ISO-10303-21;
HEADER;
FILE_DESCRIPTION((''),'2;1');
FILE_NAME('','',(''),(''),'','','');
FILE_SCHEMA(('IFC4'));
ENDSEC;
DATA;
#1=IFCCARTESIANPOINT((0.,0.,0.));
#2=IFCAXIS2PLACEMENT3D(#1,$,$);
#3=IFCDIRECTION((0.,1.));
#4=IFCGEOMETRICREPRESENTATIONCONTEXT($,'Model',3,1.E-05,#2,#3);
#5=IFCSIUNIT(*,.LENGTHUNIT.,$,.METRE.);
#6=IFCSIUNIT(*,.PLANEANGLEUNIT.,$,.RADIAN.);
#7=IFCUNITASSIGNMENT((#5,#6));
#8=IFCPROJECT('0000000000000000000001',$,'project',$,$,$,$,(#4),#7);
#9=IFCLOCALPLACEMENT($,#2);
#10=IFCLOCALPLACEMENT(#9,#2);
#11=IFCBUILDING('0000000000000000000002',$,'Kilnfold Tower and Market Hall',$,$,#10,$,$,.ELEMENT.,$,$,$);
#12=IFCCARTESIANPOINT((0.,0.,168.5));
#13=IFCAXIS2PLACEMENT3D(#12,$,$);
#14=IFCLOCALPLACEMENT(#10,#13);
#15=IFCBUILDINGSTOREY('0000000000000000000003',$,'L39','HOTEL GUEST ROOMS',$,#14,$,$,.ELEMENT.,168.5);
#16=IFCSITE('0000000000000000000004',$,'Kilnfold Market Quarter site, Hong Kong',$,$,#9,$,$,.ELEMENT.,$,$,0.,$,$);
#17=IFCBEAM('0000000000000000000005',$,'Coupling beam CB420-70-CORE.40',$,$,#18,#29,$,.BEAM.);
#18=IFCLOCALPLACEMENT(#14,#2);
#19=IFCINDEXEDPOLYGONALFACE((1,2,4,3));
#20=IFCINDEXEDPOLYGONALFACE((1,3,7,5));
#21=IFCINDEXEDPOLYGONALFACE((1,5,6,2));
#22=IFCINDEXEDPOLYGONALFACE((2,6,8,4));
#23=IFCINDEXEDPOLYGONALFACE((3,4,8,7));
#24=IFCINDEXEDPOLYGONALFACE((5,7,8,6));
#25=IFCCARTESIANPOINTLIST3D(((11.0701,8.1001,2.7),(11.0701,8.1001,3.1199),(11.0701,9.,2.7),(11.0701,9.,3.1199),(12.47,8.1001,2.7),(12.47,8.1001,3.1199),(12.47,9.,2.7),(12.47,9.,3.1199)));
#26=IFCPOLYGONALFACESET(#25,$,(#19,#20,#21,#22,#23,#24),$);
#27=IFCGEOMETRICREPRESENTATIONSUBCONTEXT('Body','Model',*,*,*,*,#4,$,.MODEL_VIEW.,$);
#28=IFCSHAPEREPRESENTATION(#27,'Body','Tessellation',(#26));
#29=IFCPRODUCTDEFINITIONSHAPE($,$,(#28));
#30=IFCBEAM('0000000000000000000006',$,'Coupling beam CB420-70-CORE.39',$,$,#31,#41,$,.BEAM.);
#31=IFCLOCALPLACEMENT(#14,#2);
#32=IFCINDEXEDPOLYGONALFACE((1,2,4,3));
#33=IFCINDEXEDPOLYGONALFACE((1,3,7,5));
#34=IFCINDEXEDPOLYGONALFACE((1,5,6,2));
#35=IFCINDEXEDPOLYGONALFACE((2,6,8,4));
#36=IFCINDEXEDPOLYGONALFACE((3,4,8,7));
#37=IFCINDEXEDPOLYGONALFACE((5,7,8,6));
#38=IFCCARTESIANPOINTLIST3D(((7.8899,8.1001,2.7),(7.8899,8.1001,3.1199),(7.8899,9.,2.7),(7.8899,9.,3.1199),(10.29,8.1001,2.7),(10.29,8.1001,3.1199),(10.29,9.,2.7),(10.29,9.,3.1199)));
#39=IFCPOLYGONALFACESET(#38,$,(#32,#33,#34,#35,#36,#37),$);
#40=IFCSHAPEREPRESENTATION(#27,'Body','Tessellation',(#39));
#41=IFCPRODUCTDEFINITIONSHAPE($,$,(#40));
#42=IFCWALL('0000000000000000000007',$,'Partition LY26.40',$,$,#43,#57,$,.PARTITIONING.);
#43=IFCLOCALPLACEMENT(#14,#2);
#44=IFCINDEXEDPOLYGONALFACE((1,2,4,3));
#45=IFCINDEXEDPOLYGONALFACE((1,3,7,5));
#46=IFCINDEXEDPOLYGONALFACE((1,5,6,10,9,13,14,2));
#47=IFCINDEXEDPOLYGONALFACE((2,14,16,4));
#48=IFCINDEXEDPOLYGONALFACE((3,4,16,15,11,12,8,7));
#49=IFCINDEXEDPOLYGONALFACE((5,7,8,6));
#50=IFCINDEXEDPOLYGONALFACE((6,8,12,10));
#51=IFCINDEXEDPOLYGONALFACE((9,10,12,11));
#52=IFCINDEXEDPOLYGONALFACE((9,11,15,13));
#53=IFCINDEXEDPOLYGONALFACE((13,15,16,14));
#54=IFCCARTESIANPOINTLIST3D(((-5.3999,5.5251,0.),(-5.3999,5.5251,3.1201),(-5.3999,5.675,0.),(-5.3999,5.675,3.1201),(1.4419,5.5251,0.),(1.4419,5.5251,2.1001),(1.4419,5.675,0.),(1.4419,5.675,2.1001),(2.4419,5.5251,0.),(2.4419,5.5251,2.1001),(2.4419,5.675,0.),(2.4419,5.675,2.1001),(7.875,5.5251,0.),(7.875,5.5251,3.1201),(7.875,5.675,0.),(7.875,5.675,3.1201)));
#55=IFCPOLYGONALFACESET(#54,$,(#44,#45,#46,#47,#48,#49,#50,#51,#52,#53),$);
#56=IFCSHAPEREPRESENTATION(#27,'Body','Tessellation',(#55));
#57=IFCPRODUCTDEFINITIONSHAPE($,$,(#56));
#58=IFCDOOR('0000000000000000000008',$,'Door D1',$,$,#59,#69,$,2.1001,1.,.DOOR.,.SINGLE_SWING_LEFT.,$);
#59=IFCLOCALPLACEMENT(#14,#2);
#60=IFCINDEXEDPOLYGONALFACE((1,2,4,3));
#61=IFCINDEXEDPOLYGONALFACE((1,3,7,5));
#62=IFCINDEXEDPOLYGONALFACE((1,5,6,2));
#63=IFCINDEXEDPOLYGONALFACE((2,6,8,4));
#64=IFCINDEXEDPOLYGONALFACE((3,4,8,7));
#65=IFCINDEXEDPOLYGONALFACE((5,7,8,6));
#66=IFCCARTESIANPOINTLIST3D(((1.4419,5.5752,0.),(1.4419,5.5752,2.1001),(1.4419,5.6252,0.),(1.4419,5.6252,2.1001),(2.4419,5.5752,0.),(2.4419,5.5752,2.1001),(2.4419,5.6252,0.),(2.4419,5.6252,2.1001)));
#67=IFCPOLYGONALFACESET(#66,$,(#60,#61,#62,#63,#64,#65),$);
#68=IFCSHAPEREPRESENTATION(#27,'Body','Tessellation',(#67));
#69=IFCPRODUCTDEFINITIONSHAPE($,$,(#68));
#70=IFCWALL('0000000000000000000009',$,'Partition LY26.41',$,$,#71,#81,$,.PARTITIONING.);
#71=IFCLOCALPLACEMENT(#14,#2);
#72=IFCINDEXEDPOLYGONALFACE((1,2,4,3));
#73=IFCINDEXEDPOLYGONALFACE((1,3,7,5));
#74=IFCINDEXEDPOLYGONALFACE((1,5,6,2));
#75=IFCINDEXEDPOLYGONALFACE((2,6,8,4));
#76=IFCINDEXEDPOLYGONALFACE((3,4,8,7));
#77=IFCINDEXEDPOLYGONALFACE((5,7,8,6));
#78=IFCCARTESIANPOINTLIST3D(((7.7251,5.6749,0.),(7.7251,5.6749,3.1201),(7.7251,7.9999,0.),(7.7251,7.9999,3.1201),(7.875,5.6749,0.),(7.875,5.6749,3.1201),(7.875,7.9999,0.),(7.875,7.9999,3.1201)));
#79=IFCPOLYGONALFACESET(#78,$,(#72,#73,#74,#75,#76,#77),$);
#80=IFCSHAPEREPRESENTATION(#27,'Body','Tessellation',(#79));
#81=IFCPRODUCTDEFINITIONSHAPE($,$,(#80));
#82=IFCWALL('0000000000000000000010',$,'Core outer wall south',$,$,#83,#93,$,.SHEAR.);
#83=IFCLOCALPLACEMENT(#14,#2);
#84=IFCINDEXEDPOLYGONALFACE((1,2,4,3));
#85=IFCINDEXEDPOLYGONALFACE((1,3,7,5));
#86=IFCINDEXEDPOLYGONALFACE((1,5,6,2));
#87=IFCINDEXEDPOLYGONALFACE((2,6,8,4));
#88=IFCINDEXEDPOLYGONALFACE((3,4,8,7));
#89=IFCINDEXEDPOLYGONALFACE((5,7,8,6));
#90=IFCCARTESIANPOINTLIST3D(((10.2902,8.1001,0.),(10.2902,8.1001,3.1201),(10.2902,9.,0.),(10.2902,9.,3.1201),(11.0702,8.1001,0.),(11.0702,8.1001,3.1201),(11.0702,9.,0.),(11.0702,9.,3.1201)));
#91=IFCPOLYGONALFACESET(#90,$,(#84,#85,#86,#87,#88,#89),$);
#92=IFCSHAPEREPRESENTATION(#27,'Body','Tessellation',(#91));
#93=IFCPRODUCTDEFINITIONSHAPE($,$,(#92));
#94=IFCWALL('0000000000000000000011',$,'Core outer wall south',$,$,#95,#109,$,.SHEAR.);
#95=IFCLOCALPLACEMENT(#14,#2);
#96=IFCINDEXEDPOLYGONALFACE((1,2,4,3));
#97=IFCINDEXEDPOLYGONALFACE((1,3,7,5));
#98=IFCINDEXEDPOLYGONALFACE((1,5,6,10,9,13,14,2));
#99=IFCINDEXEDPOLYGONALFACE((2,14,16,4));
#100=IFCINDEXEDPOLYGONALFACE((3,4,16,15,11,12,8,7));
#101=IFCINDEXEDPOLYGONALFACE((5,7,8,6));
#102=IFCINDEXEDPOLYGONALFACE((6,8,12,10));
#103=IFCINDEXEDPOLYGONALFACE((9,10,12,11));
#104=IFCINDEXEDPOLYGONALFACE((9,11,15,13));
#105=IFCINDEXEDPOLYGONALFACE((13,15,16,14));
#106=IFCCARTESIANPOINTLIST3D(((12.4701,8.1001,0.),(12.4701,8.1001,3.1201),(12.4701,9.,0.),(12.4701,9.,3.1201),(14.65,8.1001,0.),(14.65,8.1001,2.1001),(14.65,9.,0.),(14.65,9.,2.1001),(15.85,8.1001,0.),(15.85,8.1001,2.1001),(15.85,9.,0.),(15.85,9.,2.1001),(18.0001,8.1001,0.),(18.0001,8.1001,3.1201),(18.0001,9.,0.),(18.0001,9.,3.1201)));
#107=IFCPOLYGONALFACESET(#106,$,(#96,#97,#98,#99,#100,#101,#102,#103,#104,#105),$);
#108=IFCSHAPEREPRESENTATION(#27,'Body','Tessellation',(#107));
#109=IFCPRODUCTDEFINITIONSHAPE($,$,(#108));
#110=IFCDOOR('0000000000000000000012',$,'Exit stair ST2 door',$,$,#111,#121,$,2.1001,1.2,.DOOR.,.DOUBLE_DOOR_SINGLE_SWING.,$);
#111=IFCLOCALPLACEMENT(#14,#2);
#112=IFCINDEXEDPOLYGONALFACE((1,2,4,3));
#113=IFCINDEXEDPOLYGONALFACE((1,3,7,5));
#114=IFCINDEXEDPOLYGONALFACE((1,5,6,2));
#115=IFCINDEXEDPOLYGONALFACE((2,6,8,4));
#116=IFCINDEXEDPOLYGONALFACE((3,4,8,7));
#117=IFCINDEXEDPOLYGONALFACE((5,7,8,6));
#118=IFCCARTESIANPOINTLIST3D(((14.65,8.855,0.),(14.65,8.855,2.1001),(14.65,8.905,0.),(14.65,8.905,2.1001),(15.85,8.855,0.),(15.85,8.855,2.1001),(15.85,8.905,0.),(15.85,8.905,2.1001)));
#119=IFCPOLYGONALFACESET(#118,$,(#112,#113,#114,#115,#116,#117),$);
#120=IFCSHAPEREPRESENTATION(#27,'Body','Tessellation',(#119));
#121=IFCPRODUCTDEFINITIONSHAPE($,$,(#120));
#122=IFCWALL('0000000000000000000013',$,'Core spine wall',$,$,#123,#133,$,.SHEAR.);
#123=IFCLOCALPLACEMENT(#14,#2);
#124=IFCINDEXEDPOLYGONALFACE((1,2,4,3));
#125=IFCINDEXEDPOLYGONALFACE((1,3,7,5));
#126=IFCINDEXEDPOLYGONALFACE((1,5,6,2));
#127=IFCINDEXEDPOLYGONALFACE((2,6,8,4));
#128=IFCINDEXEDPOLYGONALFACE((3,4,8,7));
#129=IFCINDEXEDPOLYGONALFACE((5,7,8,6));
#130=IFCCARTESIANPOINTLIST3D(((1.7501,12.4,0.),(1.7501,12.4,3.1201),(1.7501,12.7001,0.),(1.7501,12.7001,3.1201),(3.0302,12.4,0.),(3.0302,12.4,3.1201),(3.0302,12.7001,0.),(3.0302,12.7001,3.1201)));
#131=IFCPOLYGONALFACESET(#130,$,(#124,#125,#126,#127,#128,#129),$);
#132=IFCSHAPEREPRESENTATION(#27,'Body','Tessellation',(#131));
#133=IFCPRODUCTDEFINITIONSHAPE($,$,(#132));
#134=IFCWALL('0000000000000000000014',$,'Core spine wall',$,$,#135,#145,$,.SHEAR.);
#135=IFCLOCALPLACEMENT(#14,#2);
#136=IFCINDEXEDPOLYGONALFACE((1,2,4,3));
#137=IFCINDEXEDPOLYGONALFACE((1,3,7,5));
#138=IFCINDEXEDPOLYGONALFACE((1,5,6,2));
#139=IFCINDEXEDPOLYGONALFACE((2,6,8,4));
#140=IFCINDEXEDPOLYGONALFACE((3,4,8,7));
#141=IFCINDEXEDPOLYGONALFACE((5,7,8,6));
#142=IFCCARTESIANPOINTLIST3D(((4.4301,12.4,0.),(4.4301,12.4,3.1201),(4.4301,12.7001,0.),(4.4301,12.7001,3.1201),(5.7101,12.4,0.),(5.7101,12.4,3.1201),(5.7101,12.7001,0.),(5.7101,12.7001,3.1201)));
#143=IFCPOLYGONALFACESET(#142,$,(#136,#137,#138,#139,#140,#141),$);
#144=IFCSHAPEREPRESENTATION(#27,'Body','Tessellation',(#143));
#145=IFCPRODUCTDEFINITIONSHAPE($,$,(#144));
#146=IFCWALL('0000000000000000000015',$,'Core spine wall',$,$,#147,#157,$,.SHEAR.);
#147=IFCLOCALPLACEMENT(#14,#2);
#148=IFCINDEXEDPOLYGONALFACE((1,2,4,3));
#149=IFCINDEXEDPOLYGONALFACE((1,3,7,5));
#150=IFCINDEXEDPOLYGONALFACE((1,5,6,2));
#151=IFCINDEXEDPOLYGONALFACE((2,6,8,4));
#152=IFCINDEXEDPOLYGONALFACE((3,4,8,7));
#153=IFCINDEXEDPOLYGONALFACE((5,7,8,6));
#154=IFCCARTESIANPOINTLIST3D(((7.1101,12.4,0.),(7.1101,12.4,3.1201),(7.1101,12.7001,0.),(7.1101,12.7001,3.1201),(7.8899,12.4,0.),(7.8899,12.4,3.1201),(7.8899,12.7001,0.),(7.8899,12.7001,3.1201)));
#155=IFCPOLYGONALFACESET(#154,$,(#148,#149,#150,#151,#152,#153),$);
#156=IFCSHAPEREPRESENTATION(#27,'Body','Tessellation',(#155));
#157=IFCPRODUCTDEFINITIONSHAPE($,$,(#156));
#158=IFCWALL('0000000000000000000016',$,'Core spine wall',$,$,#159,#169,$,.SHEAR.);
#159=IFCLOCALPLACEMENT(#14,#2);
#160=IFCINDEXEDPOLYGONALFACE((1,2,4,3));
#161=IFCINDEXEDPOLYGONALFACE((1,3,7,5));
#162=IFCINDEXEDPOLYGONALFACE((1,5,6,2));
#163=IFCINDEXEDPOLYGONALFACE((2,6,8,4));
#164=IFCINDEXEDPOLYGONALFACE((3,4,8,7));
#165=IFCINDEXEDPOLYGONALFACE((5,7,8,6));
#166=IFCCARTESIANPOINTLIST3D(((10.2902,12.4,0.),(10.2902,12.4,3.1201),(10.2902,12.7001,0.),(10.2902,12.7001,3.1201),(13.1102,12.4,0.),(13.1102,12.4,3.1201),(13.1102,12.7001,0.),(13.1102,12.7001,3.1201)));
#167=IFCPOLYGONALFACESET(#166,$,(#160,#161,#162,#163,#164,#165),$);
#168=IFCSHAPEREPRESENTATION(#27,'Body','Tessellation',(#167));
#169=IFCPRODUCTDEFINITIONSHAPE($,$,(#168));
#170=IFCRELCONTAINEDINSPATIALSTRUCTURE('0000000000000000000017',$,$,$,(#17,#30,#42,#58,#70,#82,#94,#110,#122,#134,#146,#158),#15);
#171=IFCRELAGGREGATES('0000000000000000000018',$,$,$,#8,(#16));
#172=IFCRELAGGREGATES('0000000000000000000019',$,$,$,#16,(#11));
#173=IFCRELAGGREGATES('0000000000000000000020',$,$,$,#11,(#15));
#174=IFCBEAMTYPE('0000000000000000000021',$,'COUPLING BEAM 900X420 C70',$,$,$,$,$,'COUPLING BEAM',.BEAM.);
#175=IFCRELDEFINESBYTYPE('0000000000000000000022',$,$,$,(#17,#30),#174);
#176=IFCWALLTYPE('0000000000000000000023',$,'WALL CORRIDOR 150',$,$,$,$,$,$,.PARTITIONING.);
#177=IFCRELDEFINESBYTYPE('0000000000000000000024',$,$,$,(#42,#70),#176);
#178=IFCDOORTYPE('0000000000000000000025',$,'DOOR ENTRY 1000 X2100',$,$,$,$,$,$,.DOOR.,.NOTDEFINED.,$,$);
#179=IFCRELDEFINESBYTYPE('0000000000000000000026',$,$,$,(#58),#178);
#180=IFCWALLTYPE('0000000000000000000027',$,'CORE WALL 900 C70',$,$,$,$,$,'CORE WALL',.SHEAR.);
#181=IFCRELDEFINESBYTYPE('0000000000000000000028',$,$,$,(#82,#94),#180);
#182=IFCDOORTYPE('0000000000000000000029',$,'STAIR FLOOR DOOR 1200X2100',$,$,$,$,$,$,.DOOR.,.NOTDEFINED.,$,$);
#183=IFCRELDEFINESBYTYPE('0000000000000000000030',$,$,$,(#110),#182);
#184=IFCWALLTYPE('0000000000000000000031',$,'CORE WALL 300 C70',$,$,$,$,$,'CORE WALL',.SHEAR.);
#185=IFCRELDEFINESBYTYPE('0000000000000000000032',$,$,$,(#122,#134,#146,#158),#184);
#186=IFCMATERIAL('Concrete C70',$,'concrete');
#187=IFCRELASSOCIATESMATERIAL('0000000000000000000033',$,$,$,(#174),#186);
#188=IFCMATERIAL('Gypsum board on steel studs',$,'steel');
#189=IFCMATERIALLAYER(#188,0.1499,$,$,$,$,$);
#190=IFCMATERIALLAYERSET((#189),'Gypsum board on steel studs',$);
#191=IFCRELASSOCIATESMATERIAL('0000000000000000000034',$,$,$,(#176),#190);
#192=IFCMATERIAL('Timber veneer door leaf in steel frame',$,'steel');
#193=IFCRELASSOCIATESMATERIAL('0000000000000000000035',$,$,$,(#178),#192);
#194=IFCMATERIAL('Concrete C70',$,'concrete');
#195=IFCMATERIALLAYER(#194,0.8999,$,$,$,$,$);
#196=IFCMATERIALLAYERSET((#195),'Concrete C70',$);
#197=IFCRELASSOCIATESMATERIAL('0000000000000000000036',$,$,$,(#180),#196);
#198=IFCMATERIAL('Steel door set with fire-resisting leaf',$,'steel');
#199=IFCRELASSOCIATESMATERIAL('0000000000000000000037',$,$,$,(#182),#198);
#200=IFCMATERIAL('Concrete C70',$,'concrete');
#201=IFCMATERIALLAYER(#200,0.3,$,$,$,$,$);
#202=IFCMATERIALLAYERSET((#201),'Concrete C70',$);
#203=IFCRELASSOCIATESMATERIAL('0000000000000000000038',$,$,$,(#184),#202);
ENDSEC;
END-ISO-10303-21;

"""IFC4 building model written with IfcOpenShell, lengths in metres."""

from ifc_helpers import new_model, si_unit, direction, frame, frame_2d, origin, origin_2d, place, context, subcontext, project, spatial, rectangle, extrude, source, transform, mapped, material, layer, layer_set, material_profile, profile_set, type_object, element, fill, save


model = new_model("IFC4")

# Units and contexts
model_context = context("Model", 3, precision=1e-05, world=origin(), true_north=direction((0.0, 1.0)))
body_context = subcontext(model_context, "Body", "Model", "MODEL_VIEW")
ifc_project = project(units=[si_unit("LENGTHUNIT", "METRE"), si_unit("PLANEANGLEUNIT", "RADIAN")], contexts=[model_context])

# Site, building, storey
site_placement = place(None, origin())
site = spatial("IfcSite", under=ifc_project, at=site_placement, Name="Kilnfold Market Quarter site, Hong Kong", CompositionType="ELEMENT", RefElevation=0.0)
building_placement = place(site_placement, origin())
building = spatial("IfcBuilding", under=site, at=building_placement, Name="Kilnfold Tower and Market Hall", CompositionType="ELEMENT")
storey_placement = place(building_placement, frame((0.0, 0.0, 168.5)))
storey = spatial("IfcBuildingStorey", under=building, at=storey_placement, Name="L39", Description="HOTEL GUEST ROOMS", CompositionType="ELEMENT", Elevation=168.5)

# Beams
ifc_material_1 = material(Name="Concrete C70", Category="concrete")
ifc_material_profile = material_profile(ifc_material_1, rectangle(XDim=0.8999, YDim=0.4199, at=origin_2d()), Name="RC 900x420")
ifc_profile_set = profile_set([ifc_material_profile], Name="Concrete C70")
beam_type = type_object("IfcBeamType", Name="COUPLING BEAM 900X420 C70", ElementType="COUPLING BEAM", PredefinedType="BEAM", material=ifc_profile_set)
shared_shape_1 = source(origin(), body_context, "Body", "SweptSolid", [
    extrude(rectangle(XDim=0.8999, YDim=0.4199, at=origin_2d()), origin(), (0.0, 0.0, 1.0), 1.3999),
])
beam_1_placement = place(storey_placement, frame((11.0701, 8.55, 2.9099), z_axis=(1.0, 0.0, 0.0), x_axis=(0.0, 1.0, 0.0)))
element("IfcBeam", 1, at=beam_1_placement, inside=storey, type_object=beam_type, Name="Coupling beam CB420-70-CORE.40", PredefinedType="BEAM", context=body_context, shape_type="MappedRepresentation", body=[
    mapped(shared_shape_1, transform((0.0, 0.0, 0.0))),
])
shared_shape_2 = source(origin(), body_context, "Body", "SweptSolid", [
    extrude(rectangle(XDim=0.8999, YDim=0.4199, at=origin_2d()), origin(), (0.0, 0.0, 1.0), 2.4001),
])
beam_2_placement = place(storey_placement, frame((7.8899, 8.55, 2.9099), z_axis=(1.0, 0.0, 0.0), x_axis=(0.0, 1.0, 0.0)))
element("IfcBeam", 2, at=beam_2_placement, inside=storey, type_object=beam_type, Name="Coupling beam CB420-70-CORE.39", PredefinedType="BEAM", context=body_context, shape_type="MappedRepresentation", body=[
    mapped(shared_shape_2, transform((0.0, 0.0, 0.0))),
])

# Wall, opening, door
ifc_material_2 = material(Name="Gypsum board on steel studs", Category="steel")
ifc_layer_1 = layer(ifc_material_2, 0.1499)
ifc_layer_set_1 = layer_set([ifc_layer_1], Name="Gypsum board on steel studs")
wall_type_1 = type_object("IfcWallType", Name="WALL CORRIDOR 150", PredefinedType="PARTITIONING", material=ifc_layer_set_1)
wall_1_placement = place(storey_placement, frame((7.875, 5.6001, 0.0), z_axis=(0.0, 0.0, 1.0), x_axis=(-1.0, 0.0, 0.0)))
wall_1 = element("IfcWall", 3, at=wall_1_placement, inside=storey, type_object=wall_type_1, Name="Partition LY26.40", PredefinedType="PARTITIONING", context=body_context, shape_type="SweptSolid", body=[
    extrude(rectangle(XDim=13.2749, YDim=0.1499, at=frame_2d((6.6375, 0.0))), origin(), (0.0, 0.0, 1.0), 3.1201),
])
opening_1_placement = place(wall_1_placement, frame((5.4331, 0.0, 0.0)))
opening_1 = element("IfcOpeningElement", 4, at=opening_1_placement, cuts=wall_1, PredefinedType="OPENING", context=body_context, shape_type="SweptSolid", body=[
    extrude(rectangle(XDim=1.0, YDim=2.1001, at=frame_2d((0.5, 1.05))), frame((0.0, 0.085, 0.0), z_axis=(0.0, -1.0, 0.0), x_axis=(1.0, 0.0, 0.0)), (0.0, 0.0, 1.0), 0.1699),
])
ifc_material_3 = material(Name="Timber veneer door leaf in steel frame", Category="steel")
door_type_1 = type_object("IfcDoorType", Name="DOOR ENTRY 1000 X2100", OperationType="NOTDEFINED", PredefinedType="DOOR", material=ifc_material_3)
door_1_placement = place(opening_1_placement, origin())
door_1 = element("IfcDoor", 5, at=door_1_placement, inside=storey, type_object=door_type_1, Name="Door D1", OperationType="SINGLE_SWING_LEFT", OverallHeight=2.1001, OverallWidth=1.0, PredefinedType="DOOR", context=body_context, shape_type="SweptSolid", body=[
    extrude(rectangle(XDim=1.0, YDim=2.1001, at=frame_2d((0.5, 1.05))), frame((0.0, 0.0249, 0.0), z_axis=(0.0, -1.0, 0.0), x_axis=(1.0, 0.0, 0.0)), (0.0, 0.0, 1.0), 0.05),
])
fill(opening_1, door_1)

# Walls
wall_2_placement = place(storey_placement, frame((7.8, 8.0, 0.0), z_axis=(0.0, 0.0, 1.0), x_axis=(0.0, -1.0, 0.0)))
element("IfcWall", 6, at=wall_2_placement, inside=storey, type_object=wall_type_1, Name="Partition LY26.41", PredefinedType="PARTITIONING", context=body_context, shape_type="SweptSolid", body=[
    extrude(rectangle(XDim=2.325, YDim=0.1499, at=frame_2d((1.1626, 0.0))), origin(), (0.0, 0.0, 1.0), 3.1201),
])
ifc_material_4 = material(Name="Concrete C70", Category="concrete")
ifc_layer_2 = layer(ifc_material_4, 0.8999)
ifc_layer_set_2 = layer_set([ifc_layer_2], Name="Concrete C70")
wall_type_2 = type_object("IfcWallType", Name="CORE WALL 900 C70", ElementType="CORE WALL", PredefinedType="SHEAR", material=ifc_layer_set_2)
shared_shape_3 = source(origin(), body_context, "Body", "SweptSolid", [
    extrude(rectangle(XDim=0.78, YDim=0.8999, at=frame_2d((0.3901, 0.0))), origin(), (0.0, 0.0, 1.0), 3.1201),
])
wall_3_placement = place(storey_placement, frame((10.29, 8.55, 0.0), z_axis=(0.0, 0.0, 1.0), x_axis=(1.0, 0.0, 0.0)))
element("IfcWall", 7, at=wall_3_placement, inside=storey, type_object=wall_type_2, Name="Core outer wall south", PredefinedType="SHEAR", context=body_context, shape_type="MappedRepresentation", body=[
    mapped(shared_shape_3, transform((0.0, 0.0, 0.0))),
])

# Wall, opening, door
shared_shape_4 = source(origin(), body_context, "Body", "SweptSolid", [
    extrude(rectangle(XDim=5.53, YDim=0.8999, at=frame_2d((2.7651, 0.0))), origin(), (0.0, 0.0, 1.0), 3.1201),
])
wall_4_placement = place(storey_placement, frame((12.47, 8.55, 0.0), z_axis=(0.0, 0.0, 1.0), x_axis=(1.0, 0.0, 0.0)))
wall_4 = element("IfcWall", 8, at=wall_4_placement, inside=storey, type_object=wall_type_2, Name="Core outer wall south", PredefinedType="SHEAR", context=body_context, shape_type="MappedRepresentation", body=[
    mapped(shared_shape_4, transform((0.0, 0.0, 0.0))),
])
opening_2_placement = place(wall_4_placement, frame((2.1799, 0.0, 0.0)))
opening_2 = element("IfcOpeningElement", 9, at=opening_2_placement, cuts=wall_4, PredefinedType="OPENING", context=body_context, shape_type="SweptSolid", body=[
    extrude(rectangle(XDim=1.2, YDim=2.1001, at=frame_2d((0.6001, 1.05))), frame((0.0, 0.46, 0.0), z_axis=(0.0, -1.0, 0.0), x_axis=(1.0, 0.0, 0.0)), (0.0, 0.0, 1.0), 0.9199),
])
ifc_material_5 = material(Name="Steel door set with fire-resisting leaf", Category="steel")
door_type_2 = type_object("IfcDoorType", Name="STAIR FLOOR DOOR 1200X2100", OperationType="NOTDEFINED", PredefinedType="DOOR", material=ifc_material_5)
door_2_placement = place(opening_2_placement, origin())
door_2 = element("IfcDoor", 10, at=door_2_placement, inside=storey, type_object=door_type_2, Name="Exit stair ST2 door", OperationType="DOUBLE_DOOR_SINGLE_SWING", OverallHeight=2.1001, OverallWidth=1.2, PredefinedType="DOOR", context=body_context, shape_type="SweptSolid", body=[
    extrude(rectangle(XDim=1.2, YDim=2.1001, at=frame_2d((0.6001, 1.05))), frame((0.0, 0.355, 0.0), z_axis=(0.0, -1.0, 0.0), x_axis=(1.0, 0.0, 0.0)), (0.0, 0.0, 1.0), 0.05),
])
fill(opening_2, door_2)

# Walls
ifc_material_6 = material(Name="Concrete C70", Category="concrete")
ifc_layer_3 = layer(ifc_material_6, 0.3)
ifc_layer_set_3 = layer_set([ifc_layer_3], Name="Concrete C70")
wall_type_3 = type_object("IfcWallType", Name="CORE WALL 300 C70", ElementType="CORE WALL", PredefinedType="SHEAR", material=ifc_layer_set_3)
shared_shape_5 = source(origin(), body_context, "Body", "SweptSolid", [
    extrude(rectangle(XDim=1.28, YDim=0.3, at=frame_2d((0.6401, 0.0))), origin(), (0.0, 0.0, 1.0), 3.1201),
])
for number, where, z_axis, x_axis, name in (
    (11, (1.75, 12.55, 0.0), (0.0, 0.0, 1.0), (1.0, 0.0, 0.0), "Core spine wall"),
    (12, (4.4299, 12.55, 0.0), (0.0, 0.0, 1.0), (1.0, 0.0, 0.0), "Core spine wall"),
):
    element("IfcWall", number, at=place(storey_placement, frame(where, z_axis=z_axis, x_axis=x_axis)), inside=storey, type_object=wall_type_3, Name=name, PredefinedType="SHEAR", context=body_context, shape_type="MappedRepresentation", body=[
        mapped(shared_shape_5, transform((0.0, 0.0, 0.0))),
    ])
shared_shape_6 = source(origin(), body_context, "Body", "SweptSolid", [
    extrude(rectangle(XDim=0.7798, YDim=0.3, at=frame_2d((0.3899, 0.0))), origin(), (0.0, 0.0, 1.0), 3.1201),
])
wall_5_placement = place(storey_placement, frame((7.1101, 12.55, 0.0), z_axis=(0.0, 0.0, 1.0), x_axis=(1.0, 0.0, 0.0)))
element("IfcWall", 13, at=wall_5_placement, inside=storey, type_object=wall_type_3, Name="Core spine wall", PredefinedType="SHEAR", context=body_context, shape_type="MappedRepresentation", body=[
    mapped(shared_shape_6, transform((0.0, 0.0, 0.0))),
])
shared_shape_7 = source(origin(), body_context, "Body", "SweptSolid", [
    extrude(rectangle(XDim=2.8201, YDim=0.3, at=frame_2d((1.4102, 0.0))), origin(), (0.0, 0.0, 1.0), 3.1201),
])
wall_6_placement = place(storey_placement, frame((10.29, 12.55, 0.0), z_axis=(0.0, 0.0, 1.0), x_axis=(1.0, 0.0, 0.0)))
element("IfcWall", 14, at=wall_6_placement, inside=storey, type_object=wall_type_3, Name="Core spine wall", PredefinedType="SHEAR", context=body_context, shape_type="MappedRepresentation", body=[
    mapped(shared_shape_7, transform((0.0, 0.0, 0.0))),
])

save(model, "model.ifc")
